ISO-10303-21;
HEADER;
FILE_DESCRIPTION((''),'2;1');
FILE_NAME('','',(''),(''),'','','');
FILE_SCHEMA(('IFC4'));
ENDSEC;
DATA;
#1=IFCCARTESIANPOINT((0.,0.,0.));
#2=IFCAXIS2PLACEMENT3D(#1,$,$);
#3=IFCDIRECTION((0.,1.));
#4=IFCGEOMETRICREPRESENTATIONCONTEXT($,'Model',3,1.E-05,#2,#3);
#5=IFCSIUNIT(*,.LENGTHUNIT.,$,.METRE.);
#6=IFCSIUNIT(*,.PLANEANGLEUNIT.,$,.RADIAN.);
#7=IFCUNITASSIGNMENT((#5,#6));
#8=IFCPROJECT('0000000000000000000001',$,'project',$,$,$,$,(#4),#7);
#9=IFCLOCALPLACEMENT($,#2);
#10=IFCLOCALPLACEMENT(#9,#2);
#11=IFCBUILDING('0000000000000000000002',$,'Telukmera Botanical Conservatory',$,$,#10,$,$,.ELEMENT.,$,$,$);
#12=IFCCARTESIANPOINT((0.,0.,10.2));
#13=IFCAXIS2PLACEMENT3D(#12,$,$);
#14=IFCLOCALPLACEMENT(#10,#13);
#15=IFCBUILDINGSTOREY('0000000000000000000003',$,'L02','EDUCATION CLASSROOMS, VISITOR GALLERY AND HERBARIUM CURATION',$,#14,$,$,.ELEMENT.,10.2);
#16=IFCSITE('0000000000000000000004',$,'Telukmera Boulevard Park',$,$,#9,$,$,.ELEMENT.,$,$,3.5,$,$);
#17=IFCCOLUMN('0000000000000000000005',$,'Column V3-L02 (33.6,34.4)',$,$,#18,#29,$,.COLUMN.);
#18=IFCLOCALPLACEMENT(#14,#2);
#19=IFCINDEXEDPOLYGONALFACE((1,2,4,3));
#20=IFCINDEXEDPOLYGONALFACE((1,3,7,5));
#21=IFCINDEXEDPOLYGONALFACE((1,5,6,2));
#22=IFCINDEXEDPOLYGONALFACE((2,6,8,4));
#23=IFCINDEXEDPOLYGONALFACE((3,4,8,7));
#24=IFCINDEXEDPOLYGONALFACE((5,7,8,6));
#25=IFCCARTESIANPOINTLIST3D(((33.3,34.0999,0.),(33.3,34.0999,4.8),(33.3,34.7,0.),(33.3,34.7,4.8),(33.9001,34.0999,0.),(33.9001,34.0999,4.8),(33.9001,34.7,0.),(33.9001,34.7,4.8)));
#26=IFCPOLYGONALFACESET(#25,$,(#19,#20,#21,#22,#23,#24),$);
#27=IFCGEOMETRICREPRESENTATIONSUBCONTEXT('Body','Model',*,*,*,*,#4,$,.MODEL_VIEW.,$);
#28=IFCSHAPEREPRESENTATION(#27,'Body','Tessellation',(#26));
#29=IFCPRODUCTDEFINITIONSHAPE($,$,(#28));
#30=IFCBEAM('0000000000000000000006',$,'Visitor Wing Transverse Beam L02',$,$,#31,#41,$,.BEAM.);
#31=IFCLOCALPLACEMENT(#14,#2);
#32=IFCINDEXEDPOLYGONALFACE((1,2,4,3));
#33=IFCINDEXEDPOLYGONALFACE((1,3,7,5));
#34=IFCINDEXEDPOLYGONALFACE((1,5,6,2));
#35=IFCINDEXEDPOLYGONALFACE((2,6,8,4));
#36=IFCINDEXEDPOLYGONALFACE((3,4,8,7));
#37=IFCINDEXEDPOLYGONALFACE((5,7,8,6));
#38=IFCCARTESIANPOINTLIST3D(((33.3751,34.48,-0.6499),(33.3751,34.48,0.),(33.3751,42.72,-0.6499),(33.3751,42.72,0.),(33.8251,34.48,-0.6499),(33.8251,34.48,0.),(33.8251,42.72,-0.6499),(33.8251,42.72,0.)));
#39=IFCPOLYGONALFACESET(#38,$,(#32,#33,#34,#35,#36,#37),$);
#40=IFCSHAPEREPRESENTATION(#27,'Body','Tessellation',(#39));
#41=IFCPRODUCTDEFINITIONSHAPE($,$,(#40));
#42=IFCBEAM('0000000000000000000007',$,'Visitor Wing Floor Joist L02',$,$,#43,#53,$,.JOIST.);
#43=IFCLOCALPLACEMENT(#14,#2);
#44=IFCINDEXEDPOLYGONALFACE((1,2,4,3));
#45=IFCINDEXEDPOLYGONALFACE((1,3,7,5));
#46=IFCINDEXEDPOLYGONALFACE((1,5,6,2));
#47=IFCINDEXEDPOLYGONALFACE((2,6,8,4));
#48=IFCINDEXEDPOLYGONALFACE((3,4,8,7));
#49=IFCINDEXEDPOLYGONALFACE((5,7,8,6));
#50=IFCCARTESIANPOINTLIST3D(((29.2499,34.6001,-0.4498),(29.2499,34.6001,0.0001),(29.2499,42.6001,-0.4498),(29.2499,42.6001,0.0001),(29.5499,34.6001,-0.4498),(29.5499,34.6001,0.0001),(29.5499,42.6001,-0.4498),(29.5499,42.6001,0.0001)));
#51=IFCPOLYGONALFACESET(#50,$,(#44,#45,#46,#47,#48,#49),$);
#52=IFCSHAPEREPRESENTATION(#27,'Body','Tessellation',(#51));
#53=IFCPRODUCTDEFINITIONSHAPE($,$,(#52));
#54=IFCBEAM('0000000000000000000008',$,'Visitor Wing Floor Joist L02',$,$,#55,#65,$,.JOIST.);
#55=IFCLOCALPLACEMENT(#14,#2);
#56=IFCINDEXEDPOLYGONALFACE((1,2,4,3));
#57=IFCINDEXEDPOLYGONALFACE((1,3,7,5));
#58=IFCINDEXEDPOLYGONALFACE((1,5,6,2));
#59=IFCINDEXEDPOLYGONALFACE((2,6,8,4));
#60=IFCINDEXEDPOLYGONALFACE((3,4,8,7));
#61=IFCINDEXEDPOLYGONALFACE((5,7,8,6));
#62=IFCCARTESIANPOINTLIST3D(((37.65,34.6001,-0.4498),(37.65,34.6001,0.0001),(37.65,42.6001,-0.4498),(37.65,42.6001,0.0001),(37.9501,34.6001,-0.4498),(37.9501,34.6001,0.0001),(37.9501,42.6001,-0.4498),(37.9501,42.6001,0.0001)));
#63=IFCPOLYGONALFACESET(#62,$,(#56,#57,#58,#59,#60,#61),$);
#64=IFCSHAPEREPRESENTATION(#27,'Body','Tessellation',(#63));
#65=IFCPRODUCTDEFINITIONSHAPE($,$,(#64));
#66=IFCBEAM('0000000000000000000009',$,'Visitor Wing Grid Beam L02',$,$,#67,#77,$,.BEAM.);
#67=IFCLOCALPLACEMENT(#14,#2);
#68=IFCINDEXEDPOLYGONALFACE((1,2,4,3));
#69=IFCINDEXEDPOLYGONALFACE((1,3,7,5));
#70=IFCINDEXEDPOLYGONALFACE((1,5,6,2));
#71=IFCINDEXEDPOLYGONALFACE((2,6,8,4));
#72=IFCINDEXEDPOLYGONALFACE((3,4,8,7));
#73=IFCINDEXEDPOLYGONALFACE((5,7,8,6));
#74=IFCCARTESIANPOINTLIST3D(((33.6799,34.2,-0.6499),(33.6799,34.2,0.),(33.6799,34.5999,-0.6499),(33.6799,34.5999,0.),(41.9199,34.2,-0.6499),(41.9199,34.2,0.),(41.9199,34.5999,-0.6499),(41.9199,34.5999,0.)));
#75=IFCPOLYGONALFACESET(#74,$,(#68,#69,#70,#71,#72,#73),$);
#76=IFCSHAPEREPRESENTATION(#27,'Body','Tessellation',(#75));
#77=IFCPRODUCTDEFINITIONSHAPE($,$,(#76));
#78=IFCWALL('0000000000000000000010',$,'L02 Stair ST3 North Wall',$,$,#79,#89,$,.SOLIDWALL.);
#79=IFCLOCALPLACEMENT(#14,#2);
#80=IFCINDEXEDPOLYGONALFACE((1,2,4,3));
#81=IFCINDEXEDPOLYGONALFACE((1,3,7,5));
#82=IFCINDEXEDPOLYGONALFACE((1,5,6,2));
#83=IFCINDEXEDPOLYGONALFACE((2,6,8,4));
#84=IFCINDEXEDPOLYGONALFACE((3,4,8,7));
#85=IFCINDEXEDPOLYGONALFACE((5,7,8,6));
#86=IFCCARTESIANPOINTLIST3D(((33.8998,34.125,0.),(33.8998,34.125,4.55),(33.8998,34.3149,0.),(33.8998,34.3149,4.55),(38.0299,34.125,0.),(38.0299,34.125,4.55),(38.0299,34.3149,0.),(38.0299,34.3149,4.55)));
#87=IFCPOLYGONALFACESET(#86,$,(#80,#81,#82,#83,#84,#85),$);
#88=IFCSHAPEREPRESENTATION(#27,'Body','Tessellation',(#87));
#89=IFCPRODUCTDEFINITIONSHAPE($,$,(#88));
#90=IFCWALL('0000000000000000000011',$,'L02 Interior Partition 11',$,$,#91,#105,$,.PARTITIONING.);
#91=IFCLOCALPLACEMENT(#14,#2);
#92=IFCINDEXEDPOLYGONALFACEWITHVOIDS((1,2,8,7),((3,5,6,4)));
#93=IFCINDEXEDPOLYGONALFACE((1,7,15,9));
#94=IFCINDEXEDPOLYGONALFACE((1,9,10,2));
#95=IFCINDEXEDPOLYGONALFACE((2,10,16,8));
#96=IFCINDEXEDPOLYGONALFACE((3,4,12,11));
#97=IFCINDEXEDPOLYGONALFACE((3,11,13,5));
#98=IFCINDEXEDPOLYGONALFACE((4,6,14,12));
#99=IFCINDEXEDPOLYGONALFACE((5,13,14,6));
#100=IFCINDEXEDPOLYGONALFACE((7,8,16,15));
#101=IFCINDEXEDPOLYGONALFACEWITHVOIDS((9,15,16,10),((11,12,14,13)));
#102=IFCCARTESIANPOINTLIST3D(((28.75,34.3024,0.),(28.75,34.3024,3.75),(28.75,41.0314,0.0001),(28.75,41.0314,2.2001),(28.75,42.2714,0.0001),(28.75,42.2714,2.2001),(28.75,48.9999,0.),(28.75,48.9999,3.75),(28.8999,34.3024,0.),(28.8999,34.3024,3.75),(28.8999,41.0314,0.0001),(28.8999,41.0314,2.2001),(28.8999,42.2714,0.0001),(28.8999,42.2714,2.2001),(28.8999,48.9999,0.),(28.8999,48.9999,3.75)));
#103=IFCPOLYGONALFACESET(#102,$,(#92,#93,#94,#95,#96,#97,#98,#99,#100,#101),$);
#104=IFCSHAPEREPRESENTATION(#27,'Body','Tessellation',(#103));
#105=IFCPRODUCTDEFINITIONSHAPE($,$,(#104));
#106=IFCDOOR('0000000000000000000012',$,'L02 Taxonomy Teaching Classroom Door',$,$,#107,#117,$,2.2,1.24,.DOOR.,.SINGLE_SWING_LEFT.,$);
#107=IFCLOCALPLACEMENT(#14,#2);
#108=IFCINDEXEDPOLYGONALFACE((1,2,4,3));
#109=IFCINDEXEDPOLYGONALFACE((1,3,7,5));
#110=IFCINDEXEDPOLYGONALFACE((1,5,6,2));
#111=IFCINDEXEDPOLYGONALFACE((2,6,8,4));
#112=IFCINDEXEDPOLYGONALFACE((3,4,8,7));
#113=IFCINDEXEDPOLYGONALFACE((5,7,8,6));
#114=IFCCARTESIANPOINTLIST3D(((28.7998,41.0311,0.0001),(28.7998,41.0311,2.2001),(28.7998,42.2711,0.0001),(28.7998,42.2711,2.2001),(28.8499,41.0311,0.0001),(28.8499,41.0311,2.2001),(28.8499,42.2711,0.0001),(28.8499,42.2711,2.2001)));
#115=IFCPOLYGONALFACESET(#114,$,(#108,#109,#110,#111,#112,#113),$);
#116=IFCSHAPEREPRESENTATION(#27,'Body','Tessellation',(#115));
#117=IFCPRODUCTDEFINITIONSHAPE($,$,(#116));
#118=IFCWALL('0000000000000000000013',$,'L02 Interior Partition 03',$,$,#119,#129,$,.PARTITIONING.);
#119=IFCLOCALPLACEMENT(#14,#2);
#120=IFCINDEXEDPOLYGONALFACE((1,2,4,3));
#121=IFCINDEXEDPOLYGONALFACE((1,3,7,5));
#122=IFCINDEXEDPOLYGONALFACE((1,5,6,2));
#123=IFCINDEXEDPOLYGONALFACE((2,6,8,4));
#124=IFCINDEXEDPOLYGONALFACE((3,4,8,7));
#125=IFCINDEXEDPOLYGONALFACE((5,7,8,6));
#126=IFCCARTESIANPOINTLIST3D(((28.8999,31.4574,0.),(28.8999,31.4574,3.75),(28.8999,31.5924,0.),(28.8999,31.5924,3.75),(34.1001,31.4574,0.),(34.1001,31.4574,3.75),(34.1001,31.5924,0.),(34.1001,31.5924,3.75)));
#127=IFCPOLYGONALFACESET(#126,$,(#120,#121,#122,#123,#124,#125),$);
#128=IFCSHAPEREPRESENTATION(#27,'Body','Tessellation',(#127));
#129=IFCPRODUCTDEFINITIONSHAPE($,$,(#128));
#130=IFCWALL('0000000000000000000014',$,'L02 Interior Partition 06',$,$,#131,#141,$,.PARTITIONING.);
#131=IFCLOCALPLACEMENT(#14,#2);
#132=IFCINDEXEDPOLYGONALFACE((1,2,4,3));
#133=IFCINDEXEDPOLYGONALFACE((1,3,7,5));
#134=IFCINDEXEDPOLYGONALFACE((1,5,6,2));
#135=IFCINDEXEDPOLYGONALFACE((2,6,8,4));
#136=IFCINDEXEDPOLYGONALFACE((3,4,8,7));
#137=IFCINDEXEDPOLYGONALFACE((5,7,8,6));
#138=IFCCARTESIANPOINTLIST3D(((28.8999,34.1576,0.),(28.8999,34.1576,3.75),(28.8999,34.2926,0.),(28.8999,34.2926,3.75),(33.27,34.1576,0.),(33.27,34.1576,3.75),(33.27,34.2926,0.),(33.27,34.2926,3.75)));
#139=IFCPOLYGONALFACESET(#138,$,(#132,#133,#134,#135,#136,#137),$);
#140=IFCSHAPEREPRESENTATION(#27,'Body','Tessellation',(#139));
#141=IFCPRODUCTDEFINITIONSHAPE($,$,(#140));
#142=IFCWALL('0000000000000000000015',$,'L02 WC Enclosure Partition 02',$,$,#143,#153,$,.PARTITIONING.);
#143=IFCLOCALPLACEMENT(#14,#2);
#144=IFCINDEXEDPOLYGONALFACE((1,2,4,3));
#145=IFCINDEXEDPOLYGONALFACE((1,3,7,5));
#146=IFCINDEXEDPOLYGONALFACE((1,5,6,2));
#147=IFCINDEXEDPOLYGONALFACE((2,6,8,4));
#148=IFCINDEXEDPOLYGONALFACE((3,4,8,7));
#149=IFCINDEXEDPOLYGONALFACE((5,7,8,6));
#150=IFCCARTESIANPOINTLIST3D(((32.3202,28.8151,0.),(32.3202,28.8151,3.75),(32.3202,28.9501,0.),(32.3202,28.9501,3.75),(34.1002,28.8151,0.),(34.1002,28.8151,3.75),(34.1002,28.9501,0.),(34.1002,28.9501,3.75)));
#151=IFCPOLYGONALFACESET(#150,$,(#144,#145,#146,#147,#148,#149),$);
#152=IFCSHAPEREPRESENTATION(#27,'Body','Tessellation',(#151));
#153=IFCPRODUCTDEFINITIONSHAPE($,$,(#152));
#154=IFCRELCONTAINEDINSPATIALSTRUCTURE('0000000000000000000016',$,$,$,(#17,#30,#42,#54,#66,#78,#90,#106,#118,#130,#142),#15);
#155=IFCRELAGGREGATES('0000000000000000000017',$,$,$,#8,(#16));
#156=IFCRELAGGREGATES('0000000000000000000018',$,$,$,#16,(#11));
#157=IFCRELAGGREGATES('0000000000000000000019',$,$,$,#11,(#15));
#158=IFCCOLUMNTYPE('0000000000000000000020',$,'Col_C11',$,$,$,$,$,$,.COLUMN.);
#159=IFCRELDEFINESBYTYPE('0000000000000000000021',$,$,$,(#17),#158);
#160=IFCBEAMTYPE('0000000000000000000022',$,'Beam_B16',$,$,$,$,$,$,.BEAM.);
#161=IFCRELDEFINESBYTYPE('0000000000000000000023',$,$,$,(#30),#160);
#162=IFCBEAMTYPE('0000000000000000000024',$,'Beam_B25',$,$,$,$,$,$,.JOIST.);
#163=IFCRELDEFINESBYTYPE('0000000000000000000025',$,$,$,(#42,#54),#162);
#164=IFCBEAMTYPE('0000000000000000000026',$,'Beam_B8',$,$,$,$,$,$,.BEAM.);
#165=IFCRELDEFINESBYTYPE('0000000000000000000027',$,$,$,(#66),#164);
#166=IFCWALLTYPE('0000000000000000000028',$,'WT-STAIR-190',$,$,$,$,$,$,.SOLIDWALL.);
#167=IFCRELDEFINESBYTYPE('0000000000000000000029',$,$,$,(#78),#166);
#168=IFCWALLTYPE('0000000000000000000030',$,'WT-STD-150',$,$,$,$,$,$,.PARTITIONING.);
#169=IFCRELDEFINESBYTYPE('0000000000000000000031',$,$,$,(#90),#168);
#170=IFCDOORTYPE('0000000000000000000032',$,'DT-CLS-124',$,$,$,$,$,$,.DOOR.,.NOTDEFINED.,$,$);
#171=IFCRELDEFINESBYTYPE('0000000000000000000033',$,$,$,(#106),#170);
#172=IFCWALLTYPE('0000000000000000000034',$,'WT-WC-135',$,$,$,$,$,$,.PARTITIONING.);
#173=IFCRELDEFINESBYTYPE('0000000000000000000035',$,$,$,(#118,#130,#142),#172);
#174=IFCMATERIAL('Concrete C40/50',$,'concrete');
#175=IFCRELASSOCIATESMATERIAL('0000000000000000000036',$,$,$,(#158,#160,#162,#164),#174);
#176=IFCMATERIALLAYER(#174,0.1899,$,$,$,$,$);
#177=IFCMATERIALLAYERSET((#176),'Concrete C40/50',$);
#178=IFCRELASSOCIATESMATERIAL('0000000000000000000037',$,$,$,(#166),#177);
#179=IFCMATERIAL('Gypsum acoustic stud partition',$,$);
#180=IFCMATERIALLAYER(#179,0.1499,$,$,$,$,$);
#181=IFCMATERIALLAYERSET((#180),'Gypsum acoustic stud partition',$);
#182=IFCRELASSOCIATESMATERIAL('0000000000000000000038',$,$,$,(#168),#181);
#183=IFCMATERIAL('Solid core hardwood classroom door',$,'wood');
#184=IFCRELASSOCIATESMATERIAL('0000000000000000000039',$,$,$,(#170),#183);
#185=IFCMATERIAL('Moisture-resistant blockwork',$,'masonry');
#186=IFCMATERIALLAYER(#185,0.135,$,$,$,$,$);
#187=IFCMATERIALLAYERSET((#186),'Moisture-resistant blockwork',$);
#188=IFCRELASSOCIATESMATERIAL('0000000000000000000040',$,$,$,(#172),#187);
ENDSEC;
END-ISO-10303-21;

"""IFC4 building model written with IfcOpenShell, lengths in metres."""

from ifc_helpers import new_model, si_unit, direction, frame, frame_2d, origin, origin_2d, place, context, subcontext, project, spatial, rectangle, extrude, material, layer, layer_set, material_profile, profile_set, type_object, element, fill, save


model = new_model("IFC4")

# Units and contexts
model_context = context("Model", 3, precision=1e-05, world=origin(), true_north=direction((0.0, 1.0)))
body_context = subcontext(model_context, "Body", "Model", "MODEL_VIEW")
ifc_project = project(units=[si_unit("LENGTHUNIT", "METRE"), si_unit("PLANEANGLEUNIT", "RADIAN")], contexts=[model_context])

# Site, building, storey
site_placement = place(None, origin())
site = spatial("IfcSite", under=ifc_project, at=site_placement, Name="Telukmera Boulevard Park", CompositionType="ELEMENT", RefElevation=3.5)
building_placement = place(site_placement, origin())
building = spatial("IfcBuilding", under=site, at=building_placement, Name="Telukmera Botanical Conservatory", CompositionType="ELEMENT")
storey_placement = place(building_placement, frame((0.0, 0.0, 10.2)))
storey = spatial("IfcBuildingStorey", under=building, at=storey_placement, Name="L02", Description="EDUCATION CLASSROOMS, VISITOR GALLERY AND HERBARIUM CURATION", CompositionType="ELEMENT", Elevation=10.2)

# Column
ifc_material_1 = material(Name="Concrete C40/50", Category="concrete")
ifc_material_profile_1 = material_profile(ifc_material_1, rectangle(XDim=0.6001, YDim=0.6001, at=origin_2d()), Name="RC 600x600")
ifc_profile_set_1 = profile_set([ifc_material_profile_1], Name="Concrete C40/50")
column_type = type_object("IfcColumnType", Name="Col_C11", PredefinedType="COLUMN", material=ifc_profile_set_1)
column_placement = place(storey_placement, frame((33.6001, 34.3999, 0.0), z_axis=(0.0, 0.0, 1.0), x_axis=(1.0, 0.0, 0.0)))
element("IfcColumn", 1, at=column_placement, inside=storey, type_object=column_type, Name="Column V3-L02 (33.6,34.4)", PredefinedType="COLUMN", context=body_context, shape_type="SweptSolid", body=[
    extrude(rectangle(XDim=0.6001, YDim=0.6001, at=origin_2d()), origin(), (0.0, 0.0, 1.0), 4.8),
])

# Beams
ifc_material_profile_2 = material_profile(ifc_material_1, rectangle(XDim=0.45, YDim=0.6499, at=origin_2d()), Name="RC 450x650")
ifc_profile_set_2 = profile_set([ifc_material_profile_2], Name="Concrete C40/50")
beam_type_1 = type_object("IfcBeamType", Name="Beam_B16", PredefinedType="BEAM", material=ifc_profile_set_2)
beam_1_placement = place(storey_placement, frame((33.6001, 34.48, -0.325), z_axis=(0.0, 1.0, 0.0), x_axis=(-1.0, 0.0, 0.0)))
element("IfcBeam", 2, at=beam_1_placement, inside=storey, type_object=beam_type_1, Name="Visitor Wing Transverse Beam L02", PredefinedType="BEAM", context=body_context, shape_type="SweptSolid", body=[
    extrude(rectangle(XDim=0.45, YDim=0.6499, at=origin_2d()), origin(), (0.0, 0.0, 1.0), 8.24),
])
ifc_material_profile_3 = material_profile(ifc_material_1, rectangle(XDim=0.3, YDim=0.45, at=origin_2d()), Name="RC 300x450")
ifc_profile_set_3 = profile_set([ifc_material_profile_3], Name="Concrete C40/50")
beam_type_2 = type_object("IfcBeamType", Name="Beam_B25", PredefinedType="JOIST", material=ifc_profile_set_3)
for number, where, z_axis, x_axis, name in (
    (3, (29.3999, 34.6001, -0.2249), (0.0, 1.0, 0.0), (-1.0, 0.0, 0.0), "Visitor Wing Floor Joist L02"),
    (4, (37.8, 34.6001, -0.2249), (0.0, 1.0, 0.0), (-1.0, 0.0, 0.0), "Visitor Wing Floor Joist L02"),
):
    element("IfcBeam", number, at=place(storey_placement, frame(where, z_axis=z_axis, x_axis=x_axis)), inside=storey, type_object=beam_type_2, Name=name, PredefinedType="JOIST", context=body_context, shape_type="SweptSolid", body=[
        extrude(rectangle(XDim=0.3, YDim=0.45, at=origin_2d()), origin(), (0.0, 0.0, 1.0), 8.0),
    ])
ifc_material_profile_4 = material_profile(ifc_material_1, rectangle(XDim=0.3999, YDim=0.6499, at=origin_2d()), Name="RC 400x650")
ifc_profile_set_4 = profile_set([ifc_material_profile_4], Name="Concrete C40/50")
beam_type_3 = type_object("IfcBeamType", Name="Beam_B8", PredefinedType="BEAM", material=ifc_profile_set_4)
beam_2_placement = place(storey_placement, frame((33.6799, 34.3999, -0.325), z_axis=(1.0, 0.0, 0.0), x_axis=(0.0, 1.0, 0.0)))
element("IfcBeam", 5, at=beam_2_placement, inside=storey, type_object=beam_type_3, Name="Visitor Wing Grid Beam L02", PredefinedType="BEAM", context=body_context, shape_type="SweptSolid", body=[
    extrude(rectangle(XDim=0.3999, YDim=0.6499, at=origin_2d()), origin(), (0.0, 0.0, 1.0), 8.24),
])

# Wall
ifc_layer_1 = layer(ifc_material_1, 0.1899)
ifc_layer_set_1 = layer_set([ifc_layer_1], Name="Concrete C40/50")
wall_type_1 = type_object("IfcWallType", Name="WT-STAIR-190", PredefinedType="SOLIDWALL", material=ifc_layer_set_1)
wall_1_placement = place(storey_placement, frame((33.8999, 34.22, 0.0), z_axis=(0.0, 0.0, 1.0), x_axis=(1.0, 0.0, 0.0)))
element("IfcWall", 6, at=wall_1_placement, inside=storey, type_object=wall_type_1, Name="L02 Stair ST3 North Wall", PredefinedType="SOLIDWALL", context=body_context, shape_type="SweptSolid", body=[
    extrude(rectangle(XDim=4.1301, YDim=0.1899, at=frame_2d((2.0649, 0.0))), origin(), (0.0, 0.0, 1.0), 4.55),
])

# Wall, opening, door
ifc_material_2 = material(Name="Gypsum acoustic stud partition")
ifc_layer_2 = layer(ifc_material_2, 0.1499)
ifc_layer_set_2 = layer_set([ifc_layer_2], Name="Gypsum acoustic stud partition")
wall_type_2 = type_object("IfcWallType", Name="WT-STD-150", PredefinedType="PARTITIONING", material=ifc_layer_set_2)
wall_2_placement = place(storey_placement, frame((28.825, 34.3025, 0.0), z_axis=(0.0, 0.0, 1.0), x_axis=(0.0, 1.0, 0.0)))
wall_2 = element("IfcWall", 7, at=wall_2_placement, inside=storey, type_object=wall_type_2, Name="L02 Interior Partition 11", PredefinedType="PARTITIONING", context=body_context, shape_type="SweptSolid", body=[
    extrude(rectangle(XDim=14.6975, YDim=0.1499, at=frame_2d((7.3486, 0.0))), origin(), (0.0, 0.0, 1.0), 3.75),
])
opening_1_placement = place(wall_2_placement, frame((6.7288, 0.0, 0.0)))
opening_1 = element("IfcOpeningElement", 8, at=opening_1_placement, cuts=wall_2, PredefinedType="OPENING", context=body_context, shape_type="SweptSolid", body=[
    extrude(rectangle(XDim=1.24, YDim=2.2, at=frame_2d((0.6201, 1.1001))), frame((0.0, 0.085, 0.0), z_axis=(0.0, -1.0, 0.0), x_axis=(1.0, 0.0, 0.0)), (0.0, 0.0, 1.0), 0.1699),
])
ifc_material_3 = material(Name="Solid core hardwood classroom door", Category="wood")
door_type_1 = type_object("IfcDoorType", Name="DT-CLS-124", OperationType="NOTDEFINED", PredefinedType="DOOR", material=ifc_material_3)
door_1_placement = place(opening_1_placement, frame((1.24, 0.0, 0.0), z_axis=(0.0, 0.0, 1.0), x_axis=(-1.0, 0.0, 0.0)))
door_1 = element("IfcDoor", 9, at=door_1_placement, inside=storey, type_object=door_type_1, Name="L02 Taxonomy Teaching Classroom Door", OperationType="SINGLE_SWING_LEFT", OverallHeight=2.2, OverallWidth=1.24, PredefinedType="DOOR", context=body_context, shape_type="SweptSolid", body=[
    extrude(rectangle(XDim=1.24, YDim=2.2, at=frame_2d((0.6201, 1.1001))), frame((0.0, 0.0249, 0.0), z_axis=(0.0, -1.0, 0.0), x_axis=(1.0, 0.0, 0.0)), (0.0, 0.0, 1.0), 0.05),
])
fill(opening_1, door_1)

# Wall
ifc_material_4 = material(Name="Moisture-resistant blockwork", Category="masonry")
ifc_layer_3 = layer(ifc_material_4, 0.135)
ifc_layer_set_3 = layer_set([ifc_layer_3], Name="Moisture-resistant blockwork")
wall_type_3 = type_object("IfcWallType", Name="WT-WC-135", PredefinedType="PARTITIONING", material=ifc_layer_set_3)
wall_3_placement = place(storey_placement, frame((28.8999, 31.5249, 0.0), z_axis=(0.0, 0.0, 1.0), x_axis=(1.0, 0.0, 0.0)))
element("IfcWall", 10, at=wall_3_placement, inside=storey, type_object=wall_type_3, Name="L02 Interior Partition 03", PredefinedType="PARTITIONING", context=body_context, shape_type="SweptSolid", body=[
    extrude(rectangle(XDim=5.2002, YDim=0.135, at=frame_2d((2.6001, 0.0))), origin(), (0.0, 0.0, 1.0), 3.75),
])

# Walls
wall_4_placement = place(storey_placement, frame((28.8999, 34.2251, 0.0), z_axis=(0.0, 0.0, 1.0), x_axis=(1.0, 0.0, 0.0)))
element("IfcWall", 11, at=wall_4_placement, inside=storey, type_object=wall_type_3, Name="L02 Interior Partition 06", PredefinedType="PARTITIONING", context=body_context, shape_type="SweptSolid", body=[
    extrude(rectangle(XDim=4.3701, YDim=0.135, at=frame_2d((2.1851, 0.0))), origin(), (0.0, 0.0, 1.0), 3.75),
])
wall_5_placement = place(storey_placement, frame((32.3201, 28.8826, 0.0), z_axis=(0.0, 0.0, 1.0), x_axis=(1.0, 0.0, 0.0)))
element("IfcWall", 12, at=wall_5_placement, inside=storey, type_object=wall_type_3, Name="L02 WC Enclosure Partition 02", PredefinedType="PARTITIONING", context=body_context, shape_type="SweptSolid", body=[
    extrude(rectangle(XDim=1.78, YDim=0.135, at=frame_2d((0.8901, 0.0))), origin(), (0.0, 0.0, 1.0), 3.75),
])

save(model, "model.ifc")
